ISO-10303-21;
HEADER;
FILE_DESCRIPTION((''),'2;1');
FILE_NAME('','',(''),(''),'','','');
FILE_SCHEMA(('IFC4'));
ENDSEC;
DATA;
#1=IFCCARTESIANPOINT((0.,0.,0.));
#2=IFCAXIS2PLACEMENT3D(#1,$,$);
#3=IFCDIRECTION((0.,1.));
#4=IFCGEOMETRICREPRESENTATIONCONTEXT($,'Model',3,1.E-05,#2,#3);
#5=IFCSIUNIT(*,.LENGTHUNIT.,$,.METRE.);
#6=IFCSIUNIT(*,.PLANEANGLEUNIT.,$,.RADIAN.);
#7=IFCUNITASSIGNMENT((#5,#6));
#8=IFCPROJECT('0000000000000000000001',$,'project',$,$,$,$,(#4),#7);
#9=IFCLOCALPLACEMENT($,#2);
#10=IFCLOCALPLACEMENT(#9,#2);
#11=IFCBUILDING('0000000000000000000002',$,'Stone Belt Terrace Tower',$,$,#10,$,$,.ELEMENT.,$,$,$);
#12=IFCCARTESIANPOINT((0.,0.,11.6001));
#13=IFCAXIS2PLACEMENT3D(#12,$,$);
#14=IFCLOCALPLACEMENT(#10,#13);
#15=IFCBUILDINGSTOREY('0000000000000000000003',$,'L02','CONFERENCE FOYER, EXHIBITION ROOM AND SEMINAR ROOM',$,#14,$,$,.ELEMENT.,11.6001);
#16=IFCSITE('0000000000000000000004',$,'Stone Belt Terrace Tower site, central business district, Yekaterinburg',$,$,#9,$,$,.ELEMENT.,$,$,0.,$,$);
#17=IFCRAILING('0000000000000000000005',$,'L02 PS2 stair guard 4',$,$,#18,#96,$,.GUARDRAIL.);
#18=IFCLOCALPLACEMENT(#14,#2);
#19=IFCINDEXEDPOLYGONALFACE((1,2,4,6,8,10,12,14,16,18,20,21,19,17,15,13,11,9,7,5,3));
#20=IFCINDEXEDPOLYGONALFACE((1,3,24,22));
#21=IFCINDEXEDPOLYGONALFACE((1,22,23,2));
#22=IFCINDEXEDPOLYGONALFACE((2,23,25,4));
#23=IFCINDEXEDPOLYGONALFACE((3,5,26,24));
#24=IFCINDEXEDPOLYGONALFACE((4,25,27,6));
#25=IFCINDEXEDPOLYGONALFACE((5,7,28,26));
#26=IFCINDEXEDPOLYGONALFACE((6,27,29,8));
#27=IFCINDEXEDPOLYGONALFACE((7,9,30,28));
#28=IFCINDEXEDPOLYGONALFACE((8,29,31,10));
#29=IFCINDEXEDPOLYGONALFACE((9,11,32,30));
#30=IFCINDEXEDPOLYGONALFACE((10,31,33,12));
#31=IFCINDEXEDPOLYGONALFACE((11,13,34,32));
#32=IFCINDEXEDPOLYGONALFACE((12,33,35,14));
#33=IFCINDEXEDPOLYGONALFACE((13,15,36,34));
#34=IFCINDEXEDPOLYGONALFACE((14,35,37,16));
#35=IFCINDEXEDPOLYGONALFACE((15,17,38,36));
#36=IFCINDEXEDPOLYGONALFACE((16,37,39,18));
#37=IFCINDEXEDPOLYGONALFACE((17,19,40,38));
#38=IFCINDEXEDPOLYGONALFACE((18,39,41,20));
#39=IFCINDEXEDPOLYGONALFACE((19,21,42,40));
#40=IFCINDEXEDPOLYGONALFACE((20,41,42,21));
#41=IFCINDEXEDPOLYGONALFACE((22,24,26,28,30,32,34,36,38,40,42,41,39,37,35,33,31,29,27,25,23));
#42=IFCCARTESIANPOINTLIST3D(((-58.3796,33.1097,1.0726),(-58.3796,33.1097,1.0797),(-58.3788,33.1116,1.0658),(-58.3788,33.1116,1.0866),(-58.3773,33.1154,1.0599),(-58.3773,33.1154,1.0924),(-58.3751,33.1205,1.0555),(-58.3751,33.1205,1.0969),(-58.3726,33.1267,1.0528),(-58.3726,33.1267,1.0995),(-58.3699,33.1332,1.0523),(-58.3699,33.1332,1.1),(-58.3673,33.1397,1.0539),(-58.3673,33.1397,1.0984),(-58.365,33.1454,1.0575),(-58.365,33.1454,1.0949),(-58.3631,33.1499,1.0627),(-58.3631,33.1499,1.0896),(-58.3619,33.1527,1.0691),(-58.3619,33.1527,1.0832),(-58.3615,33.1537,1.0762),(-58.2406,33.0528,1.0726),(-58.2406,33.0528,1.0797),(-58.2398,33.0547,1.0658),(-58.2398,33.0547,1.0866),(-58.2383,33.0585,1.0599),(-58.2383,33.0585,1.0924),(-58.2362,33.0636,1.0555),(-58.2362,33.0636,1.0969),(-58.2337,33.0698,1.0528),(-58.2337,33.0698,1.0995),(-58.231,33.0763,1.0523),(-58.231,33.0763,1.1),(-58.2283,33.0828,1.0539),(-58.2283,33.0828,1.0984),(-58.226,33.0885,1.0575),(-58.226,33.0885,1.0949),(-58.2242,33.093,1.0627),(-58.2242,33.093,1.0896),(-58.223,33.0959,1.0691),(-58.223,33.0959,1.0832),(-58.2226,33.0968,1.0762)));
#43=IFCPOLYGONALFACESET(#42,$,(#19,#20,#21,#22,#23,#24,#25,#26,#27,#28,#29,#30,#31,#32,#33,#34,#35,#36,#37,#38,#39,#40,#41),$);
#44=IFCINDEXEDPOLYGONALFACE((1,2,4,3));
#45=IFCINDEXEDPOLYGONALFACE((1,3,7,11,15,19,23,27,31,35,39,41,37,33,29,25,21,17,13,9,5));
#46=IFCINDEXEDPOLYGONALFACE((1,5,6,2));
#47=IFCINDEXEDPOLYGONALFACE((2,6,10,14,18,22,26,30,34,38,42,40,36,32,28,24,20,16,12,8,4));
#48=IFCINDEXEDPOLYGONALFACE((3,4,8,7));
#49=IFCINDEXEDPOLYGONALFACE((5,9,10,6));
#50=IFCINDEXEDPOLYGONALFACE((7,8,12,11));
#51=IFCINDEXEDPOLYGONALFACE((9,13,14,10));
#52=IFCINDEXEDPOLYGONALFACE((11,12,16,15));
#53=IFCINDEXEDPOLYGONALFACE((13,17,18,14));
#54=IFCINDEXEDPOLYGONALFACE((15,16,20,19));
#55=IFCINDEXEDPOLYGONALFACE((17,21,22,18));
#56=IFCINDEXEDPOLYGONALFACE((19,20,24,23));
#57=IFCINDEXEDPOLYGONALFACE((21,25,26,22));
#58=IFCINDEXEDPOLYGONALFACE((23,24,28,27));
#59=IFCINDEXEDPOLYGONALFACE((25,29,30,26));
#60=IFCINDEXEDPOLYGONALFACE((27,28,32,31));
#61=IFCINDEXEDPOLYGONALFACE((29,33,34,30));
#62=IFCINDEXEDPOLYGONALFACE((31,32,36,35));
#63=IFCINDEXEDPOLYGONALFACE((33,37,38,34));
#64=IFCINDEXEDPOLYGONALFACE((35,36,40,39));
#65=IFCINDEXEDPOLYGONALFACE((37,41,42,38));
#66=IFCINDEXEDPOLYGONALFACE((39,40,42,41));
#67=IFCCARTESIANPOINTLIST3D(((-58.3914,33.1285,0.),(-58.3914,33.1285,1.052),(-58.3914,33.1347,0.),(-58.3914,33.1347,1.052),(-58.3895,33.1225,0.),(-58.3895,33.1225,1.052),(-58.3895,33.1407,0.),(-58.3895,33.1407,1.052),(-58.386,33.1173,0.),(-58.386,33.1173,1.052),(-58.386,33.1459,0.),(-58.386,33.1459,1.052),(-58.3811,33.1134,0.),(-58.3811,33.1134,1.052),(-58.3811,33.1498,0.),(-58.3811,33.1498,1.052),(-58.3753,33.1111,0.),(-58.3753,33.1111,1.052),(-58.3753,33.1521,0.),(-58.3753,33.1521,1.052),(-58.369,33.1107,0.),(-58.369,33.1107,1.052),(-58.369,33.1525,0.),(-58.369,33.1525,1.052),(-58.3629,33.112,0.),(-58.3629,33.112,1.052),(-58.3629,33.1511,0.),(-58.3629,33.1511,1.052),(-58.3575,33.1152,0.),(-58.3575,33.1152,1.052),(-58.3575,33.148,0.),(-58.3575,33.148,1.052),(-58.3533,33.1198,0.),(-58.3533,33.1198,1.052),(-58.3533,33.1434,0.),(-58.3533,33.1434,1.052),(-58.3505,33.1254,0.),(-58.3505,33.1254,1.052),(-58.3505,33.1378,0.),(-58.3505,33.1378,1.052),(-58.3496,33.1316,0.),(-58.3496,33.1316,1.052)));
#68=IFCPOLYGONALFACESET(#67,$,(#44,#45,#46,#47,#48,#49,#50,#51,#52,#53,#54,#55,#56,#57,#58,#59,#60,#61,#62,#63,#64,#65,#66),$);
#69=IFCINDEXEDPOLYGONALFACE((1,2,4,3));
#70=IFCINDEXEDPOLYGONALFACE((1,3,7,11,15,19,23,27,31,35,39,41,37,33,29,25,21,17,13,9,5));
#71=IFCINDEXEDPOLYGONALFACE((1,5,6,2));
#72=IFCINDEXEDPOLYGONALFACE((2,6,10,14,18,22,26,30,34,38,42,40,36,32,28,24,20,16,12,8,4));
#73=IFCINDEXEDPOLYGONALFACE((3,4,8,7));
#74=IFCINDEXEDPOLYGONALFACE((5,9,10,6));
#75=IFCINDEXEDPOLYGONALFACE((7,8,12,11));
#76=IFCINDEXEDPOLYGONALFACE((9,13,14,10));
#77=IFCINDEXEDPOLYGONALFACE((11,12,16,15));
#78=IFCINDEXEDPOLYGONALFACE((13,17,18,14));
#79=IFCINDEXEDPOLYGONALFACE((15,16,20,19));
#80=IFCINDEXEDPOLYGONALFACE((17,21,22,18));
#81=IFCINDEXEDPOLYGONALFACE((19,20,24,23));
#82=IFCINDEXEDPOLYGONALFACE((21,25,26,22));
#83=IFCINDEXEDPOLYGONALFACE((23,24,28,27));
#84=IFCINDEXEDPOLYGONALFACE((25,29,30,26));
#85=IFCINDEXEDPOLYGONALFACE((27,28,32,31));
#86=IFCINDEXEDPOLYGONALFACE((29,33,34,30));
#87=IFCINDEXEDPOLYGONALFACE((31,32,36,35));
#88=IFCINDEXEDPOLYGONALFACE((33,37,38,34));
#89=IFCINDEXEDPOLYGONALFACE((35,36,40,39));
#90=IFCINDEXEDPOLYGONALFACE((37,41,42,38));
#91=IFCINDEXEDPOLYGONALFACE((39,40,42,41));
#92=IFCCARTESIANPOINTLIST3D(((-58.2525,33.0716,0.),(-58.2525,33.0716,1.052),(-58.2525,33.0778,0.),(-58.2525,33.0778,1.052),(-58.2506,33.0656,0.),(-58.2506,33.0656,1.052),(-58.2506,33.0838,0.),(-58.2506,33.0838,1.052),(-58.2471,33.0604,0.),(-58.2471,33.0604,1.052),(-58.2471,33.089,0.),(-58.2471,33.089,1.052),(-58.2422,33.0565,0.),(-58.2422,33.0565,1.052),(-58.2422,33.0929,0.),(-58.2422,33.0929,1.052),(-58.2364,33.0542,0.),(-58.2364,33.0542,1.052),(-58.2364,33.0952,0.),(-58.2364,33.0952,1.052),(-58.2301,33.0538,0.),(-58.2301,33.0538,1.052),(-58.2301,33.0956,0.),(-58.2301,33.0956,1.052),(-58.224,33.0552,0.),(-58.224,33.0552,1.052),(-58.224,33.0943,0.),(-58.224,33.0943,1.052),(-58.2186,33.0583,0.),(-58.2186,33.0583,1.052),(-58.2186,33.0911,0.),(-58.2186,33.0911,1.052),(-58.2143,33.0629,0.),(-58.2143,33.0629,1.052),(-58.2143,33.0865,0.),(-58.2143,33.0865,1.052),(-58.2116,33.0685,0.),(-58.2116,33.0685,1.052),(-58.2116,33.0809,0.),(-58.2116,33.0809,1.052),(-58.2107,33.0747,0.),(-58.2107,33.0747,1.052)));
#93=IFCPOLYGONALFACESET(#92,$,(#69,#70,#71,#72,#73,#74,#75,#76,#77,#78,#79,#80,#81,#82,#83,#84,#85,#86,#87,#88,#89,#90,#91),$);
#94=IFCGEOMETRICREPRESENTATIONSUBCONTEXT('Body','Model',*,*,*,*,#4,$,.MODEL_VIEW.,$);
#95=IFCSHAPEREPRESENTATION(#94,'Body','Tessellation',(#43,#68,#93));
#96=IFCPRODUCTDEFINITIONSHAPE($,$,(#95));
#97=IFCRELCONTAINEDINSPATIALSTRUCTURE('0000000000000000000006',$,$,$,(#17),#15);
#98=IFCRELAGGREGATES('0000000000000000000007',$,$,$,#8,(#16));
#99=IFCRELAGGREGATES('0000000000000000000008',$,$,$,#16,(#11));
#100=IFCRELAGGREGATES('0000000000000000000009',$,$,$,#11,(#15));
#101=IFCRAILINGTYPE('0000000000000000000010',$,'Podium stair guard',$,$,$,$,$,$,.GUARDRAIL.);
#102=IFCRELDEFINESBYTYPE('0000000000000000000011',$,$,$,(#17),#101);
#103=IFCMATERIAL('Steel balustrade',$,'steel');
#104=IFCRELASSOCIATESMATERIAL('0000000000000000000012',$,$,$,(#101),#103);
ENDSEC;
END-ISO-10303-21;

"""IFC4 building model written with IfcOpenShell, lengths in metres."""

from ifc_helpers import new_model, si_unit, direction, frame, origin, origin_2d, place, context, subcontext, project, spatial, circle, extrude, material, type_object, element, save


model = new_model("IFC4")

# Units and contexts
model_context = context("Model", 3, precision=1e-05, world=origin(), true_north=direction((0.0, 1.0)))
body_context = subcontext(model_context, "Body", "Model", "MODEL_VIEW")
ifc_project = project(units=[si_unit("LENGTHUNIT", "METRE"), si_unit("PLANEANGLEUNIT", "RADIAN")], contexts=[model_context])

# Site, building, storey
site_placement = place(None, origin())
site = spatial("IfcSite", under=ifc_project, at=site_placement, Name="Stone Belt Terrace Tower site, central business district, Yekaterinburg", CompositionType="ELEMENT", RefElevation=0.0)
building_placement = place(site_placement, origin())
building = spatial("IfcBuilding", under=site, at=building_placement, Name="Stone Belt Terrace Tower", CompositionType="ELEMENT")
storey_placement = place(building_placement, frame((0.0, 0.0, 11.6001)))
storey = spatial("IfcBuildingStorey", under=building, at=storey_placement, Name="L02", Description="CONFERENCE FOYER, EXHIBITION ROOM AND SEMINAR ROOM", CompositionType="ELEMENT", Elevation=11.6001)

# Railing
ifc_material_1 = material(Name="Steel balustrade", Category="steel")
railing_type_1 = type_object("IfcRailingType", Name="Podium stair guard", PredefinedType="GUARDRAIL", material=ifc_material_1)
railing_1_placement = place(storey_placement, frame((-58.3706, 33.1316, 0.0)))
element("IfcRailing", 1, at=railing_1_placement, inside=storey, type_object=railing_type_1, Name="L02 PS2 stair guard 4", PredefinedType="GUARDRAIL", context=body_context, shape_type="SweptSolid", body=[
    extrude(circle(Radius=0.0239, at=origin_2d()), frame((0.0, 0.0, 1.0762), z_axis=(0.925417, -0.378949, 0.0), x_axis=(0.378949, 0.925417, 0.0)), (0.0, 0.0, 1.0), 0.1501),
    extrude(circle(Radius=0.021, at=origin_2d()), origin(), (0.0, 0.0, 1.0), 1.052),
    extrude(circle(Radius=0.021, at=origin_2d()), frame((0.1389, -0.0569, 0.0)), (0.0, 0.0, 1.0), 1.052),
])

save(model, "model.ifc")
